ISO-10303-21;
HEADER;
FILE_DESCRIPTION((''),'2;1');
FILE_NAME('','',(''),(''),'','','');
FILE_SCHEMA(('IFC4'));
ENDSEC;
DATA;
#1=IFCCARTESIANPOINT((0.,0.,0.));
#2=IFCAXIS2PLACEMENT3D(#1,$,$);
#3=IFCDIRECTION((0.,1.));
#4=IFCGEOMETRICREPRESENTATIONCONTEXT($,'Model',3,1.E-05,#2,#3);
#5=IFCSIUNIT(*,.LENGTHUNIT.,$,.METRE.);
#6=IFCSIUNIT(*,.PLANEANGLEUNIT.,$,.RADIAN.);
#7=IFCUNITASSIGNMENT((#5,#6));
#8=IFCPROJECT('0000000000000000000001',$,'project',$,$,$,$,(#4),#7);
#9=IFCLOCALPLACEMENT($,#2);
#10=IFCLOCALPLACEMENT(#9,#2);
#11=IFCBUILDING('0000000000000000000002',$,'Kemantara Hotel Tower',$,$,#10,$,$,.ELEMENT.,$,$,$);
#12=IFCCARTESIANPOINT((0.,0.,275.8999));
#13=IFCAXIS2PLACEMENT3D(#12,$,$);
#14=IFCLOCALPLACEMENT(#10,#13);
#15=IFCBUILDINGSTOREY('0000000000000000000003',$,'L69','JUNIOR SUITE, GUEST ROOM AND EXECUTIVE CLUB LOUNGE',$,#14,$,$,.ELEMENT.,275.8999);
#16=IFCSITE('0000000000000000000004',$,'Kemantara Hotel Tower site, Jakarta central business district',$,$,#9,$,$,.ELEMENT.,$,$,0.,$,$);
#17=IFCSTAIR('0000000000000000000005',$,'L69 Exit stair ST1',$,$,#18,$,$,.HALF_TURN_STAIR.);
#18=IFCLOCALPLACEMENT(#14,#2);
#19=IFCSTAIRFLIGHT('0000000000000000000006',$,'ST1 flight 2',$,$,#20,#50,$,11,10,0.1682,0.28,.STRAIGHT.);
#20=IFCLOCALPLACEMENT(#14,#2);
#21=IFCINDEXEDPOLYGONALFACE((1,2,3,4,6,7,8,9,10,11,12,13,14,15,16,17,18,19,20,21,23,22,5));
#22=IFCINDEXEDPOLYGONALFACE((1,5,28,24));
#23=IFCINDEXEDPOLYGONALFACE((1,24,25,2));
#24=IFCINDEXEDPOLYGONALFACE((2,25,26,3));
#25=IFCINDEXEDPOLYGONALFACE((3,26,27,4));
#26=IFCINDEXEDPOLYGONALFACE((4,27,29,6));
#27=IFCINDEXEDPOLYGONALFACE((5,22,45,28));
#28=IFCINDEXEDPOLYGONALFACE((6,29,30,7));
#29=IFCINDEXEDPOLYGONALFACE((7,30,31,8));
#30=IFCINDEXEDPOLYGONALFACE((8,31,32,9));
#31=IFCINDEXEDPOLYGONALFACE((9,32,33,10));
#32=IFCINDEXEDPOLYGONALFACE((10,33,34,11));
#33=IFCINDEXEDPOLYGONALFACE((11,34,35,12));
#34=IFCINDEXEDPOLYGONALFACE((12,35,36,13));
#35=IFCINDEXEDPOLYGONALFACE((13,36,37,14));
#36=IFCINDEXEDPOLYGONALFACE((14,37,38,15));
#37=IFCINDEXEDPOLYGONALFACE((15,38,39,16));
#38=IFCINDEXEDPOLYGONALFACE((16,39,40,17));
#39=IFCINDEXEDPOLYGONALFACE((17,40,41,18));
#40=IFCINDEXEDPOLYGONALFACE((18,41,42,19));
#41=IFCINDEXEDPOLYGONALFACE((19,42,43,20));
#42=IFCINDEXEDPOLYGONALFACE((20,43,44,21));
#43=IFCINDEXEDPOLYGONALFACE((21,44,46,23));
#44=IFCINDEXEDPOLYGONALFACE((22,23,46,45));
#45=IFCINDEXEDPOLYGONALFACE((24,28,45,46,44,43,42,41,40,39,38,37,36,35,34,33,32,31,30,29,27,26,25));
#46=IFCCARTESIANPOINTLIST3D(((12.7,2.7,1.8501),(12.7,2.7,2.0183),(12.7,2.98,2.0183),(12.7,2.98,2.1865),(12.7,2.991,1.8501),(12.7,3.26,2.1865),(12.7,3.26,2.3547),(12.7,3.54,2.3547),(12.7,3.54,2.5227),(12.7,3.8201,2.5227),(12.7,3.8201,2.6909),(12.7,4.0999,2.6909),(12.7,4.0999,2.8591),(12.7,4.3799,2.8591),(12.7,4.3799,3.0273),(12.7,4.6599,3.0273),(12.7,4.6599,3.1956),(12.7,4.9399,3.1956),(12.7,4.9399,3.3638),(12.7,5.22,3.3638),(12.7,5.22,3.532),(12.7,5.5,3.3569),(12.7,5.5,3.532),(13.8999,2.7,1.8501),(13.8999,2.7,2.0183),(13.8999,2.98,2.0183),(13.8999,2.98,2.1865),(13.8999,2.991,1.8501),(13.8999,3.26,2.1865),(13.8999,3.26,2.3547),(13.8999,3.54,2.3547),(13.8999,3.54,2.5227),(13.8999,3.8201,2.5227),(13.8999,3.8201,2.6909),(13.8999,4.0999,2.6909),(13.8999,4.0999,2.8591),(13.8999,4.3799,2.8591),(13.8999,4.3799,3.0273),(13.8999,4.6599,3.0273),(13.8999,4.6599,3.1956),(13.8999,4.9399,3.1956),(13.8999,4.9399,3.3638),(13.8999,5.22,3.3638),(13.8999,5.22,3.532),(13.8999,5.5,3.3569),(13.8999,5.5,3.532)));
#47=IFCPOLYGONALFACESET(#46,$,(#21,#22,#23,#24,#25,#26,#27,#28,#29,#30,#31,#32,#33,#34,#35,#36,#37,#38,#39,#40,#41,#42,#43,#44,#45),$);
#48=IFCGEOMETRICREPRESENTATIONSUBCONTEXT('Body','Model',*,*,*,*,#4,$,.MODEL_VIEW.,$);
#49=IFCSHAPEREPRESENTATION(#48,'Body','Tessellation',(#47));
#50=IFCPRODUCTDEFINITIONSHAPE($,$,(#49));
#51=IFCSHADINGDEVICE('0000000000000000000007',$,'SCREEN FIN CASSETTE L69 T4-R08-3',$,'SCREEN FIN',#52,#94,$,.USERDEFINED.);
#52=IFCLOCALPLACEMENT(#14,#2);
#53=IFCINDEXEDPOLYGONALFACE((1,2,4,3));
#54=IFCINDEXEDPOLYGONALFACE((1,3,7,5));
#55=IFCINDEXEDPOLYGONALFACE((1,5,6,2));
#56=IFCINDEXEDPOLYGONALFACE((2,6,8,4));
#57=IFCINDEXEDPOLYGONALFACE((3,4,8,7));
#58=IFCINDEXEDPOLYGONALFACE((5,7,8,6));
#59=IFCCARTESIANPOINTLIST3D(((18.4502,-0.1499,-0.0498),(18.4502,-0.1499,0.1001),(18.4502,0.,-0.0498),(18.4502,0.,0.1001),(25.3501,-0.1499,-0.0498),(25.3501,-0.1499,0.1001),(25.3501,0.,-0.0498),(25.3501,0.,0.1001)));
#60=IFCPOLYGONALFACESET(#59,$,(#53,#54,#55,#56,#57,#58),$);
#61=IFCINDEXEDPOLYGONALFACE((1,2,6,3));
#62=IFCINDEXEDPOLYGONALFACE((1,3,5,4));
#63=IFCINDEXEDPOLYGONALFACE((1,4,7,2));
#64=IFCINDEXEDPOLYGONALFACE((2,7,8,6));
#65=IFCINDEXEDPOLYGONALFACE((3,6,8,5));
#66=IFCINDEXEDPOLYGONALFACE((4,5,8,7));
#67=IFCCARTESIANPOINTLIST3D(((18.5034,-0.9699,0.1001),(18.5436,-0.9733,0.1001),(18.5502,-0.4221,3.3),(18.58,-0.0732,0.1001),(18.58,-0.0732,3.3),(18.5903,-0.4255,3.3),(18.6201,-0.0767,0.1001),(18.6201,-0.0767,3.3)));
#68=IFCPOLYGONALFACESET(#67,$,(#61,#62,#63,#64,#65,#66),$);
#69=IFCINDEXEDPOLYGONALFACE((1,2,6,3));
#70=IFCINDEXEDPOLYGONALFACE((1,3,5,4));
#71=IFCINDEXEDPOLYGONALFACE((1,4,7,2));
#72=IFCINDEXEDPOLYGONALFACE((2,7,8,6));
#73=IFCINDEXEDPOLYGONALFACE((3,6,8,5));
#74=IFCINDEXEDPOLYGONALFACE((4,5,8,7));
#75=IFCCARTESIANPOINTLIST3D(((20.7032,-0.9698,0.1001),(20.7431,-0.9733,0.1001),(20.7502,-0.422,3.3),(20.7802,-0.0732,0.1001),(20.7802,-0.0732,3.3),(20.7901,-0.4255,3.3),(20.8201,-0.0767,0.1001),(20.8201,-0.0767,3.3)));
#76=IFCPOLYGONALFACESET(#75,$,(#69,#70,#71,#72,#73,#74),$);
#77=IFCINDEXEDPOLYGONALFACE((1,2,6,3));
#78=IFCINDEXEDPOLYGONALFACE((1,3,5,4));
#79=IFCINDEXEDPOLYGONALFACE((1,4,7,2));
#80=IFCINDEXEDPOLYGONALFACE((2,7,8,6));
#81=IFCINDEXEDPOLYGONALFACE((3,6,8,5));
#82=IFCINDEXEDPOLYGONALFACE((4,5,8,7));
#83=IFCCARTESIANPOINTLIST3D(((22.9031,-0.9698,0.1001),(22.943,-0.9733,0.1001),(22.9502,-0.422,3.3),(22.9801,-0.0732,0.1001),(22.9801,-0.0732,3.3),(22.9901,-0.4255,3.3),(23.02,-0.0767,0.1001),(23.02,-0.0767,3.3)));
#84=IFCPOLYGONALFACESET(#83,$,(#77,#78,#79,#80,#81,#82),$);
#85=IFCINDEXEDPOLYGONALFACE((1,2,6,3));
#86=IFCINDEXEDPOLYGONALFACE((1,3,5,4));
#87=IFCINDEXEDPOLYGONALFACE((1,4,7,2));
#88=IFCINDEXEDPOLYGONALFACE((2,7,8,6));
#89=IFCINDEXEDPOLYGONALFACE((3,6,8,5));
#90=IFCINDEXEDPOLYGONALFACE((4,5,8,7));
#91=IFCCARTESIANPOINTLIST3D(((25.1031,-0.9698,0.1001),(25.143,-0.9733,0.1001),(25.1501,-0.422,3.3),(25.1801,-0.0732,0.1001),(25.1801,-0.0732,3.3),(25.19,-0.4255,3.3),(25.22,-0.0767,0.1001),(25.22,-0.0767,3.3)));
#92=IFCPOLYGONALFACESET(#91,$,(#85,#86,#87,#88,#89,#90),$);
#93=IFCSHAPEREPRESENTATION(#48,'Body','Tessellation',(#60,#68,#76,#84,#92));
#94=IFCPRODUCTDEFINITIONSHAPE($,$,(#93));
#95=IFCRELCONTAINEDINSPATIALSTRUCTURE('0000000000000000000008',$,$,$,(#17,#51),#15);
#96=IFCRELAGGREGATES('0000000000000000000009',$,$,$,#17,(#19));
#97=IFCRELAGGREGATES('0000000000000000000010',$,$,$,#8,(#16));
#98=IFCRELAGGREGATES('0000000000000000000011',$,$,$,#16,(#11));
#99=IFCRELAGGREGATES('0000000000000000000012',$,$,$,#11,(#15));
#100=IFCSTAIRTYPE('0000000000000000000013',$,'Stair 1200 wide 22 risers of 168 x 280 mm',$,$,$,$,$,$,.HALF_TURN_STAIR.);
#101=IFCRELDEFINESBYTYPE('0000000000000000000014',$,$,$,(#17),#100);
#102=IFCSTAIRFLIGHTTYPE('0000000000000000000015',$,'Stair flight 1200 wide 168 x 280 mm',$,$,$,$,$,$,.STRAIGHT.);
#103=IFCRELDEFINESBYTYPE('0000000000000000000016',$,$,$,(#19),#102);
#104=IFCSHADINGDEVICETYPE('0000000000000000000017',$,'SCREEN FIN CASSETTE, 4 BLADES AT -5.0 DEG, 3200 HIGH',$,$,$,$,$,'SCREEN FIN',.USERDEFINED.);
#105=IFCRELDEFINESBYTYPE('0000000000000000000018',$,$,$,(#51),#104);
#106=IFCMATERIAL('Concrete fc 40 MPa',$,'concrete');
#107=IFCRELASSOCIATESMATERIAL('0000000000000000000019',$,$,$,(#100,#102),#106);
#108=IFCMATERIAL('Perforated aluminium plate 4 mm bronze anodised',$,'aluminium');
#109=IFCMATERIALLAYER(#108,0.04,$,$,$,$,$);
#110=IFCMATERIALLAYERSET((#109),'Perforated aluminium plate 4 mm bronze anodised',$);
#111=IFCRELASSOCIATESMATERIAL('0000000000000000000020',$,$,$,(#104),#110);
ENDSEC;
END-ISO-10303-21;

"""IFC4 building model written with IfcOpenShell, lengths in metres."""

from ifc_helpers import new_model, si_unit, direction, frame, origin, origin_2d, place, context, subcontext, project, spatial, polyline, rectangle, outline, extrude, source, transform, mapped, material, layer, layer_set, type_object, element, aggregate, save


model = new_model("IFC4")

# Units and contexts
model_context = context("Model", 3, precision=1e-05, world=origin(), true_north=direction((0.0, 1.0)))
body_context = subcontext(model_context, "Body", "Model", "MODEL_VIEW")
ifc_project = project(units=[si_unit("LENGTHUNIT", "METRE"), si_unit("PLANEANGLEUNIT", "RADIAN")], contexts=[model_context])

# Site, building, storey
site_placement = place(None, origin())
site = spatial("IfcSite", under=ifc_project, at=site_placement, Name="Kemantara Hotel Tower site, Jakarta central business district", CompositionType="ELEMENT", RefElevation=0.0)
building_placement = place(site_placement, origin())
building = spatial("IfcBuilding", under=site, at=building_placement, Name="Kemantara Hotel Tower", CompositionType="ELEMENT")
storey_placement = place(building_placement, frame((0.0, 0.0, 275.8999)))
storey = spatial("IfcBuildingStorey", under=building, at=storey_placement, Name="L69", Description="JUNIOR SUITE, GUEST ROOM AND EXECUTIVE CLUB LOUNGE", CompositionType="ELEMENT", Elevation=275.8999)

# Stair, stair flight
ifc_material_1 = material(Name="Concrete fc 40 MPa", Category="concrete")
stair_type = type_object("IfcStairType", Name="Stair 1200 wide 22 risers of 168 x 280 mm", PredefinedType="HALF_TURN_STAIR", material=ifc_material_1)
stair_placement = place(storey_placement, origin())
stair = element("IfcStair", 1, at=stair_placement, inside=storey, type_object=stair_type, Name="L69 Exit stair ST1", PredefinedType="HALF_TURN_STAIR")
stair_flight_type = type_object("IfcStairFlightType", Name="Stair flight 1200 wide 168 x 280 mm", PredefinedType="STRAIGHT", material=ifc_material_1)
stair_flight_placement = place(storey_placement, frame((13.3, 2.7, 1.8501), z_axis=(0.0, 0.0, 1.0), x_axis=(0.0, 1.0, 0.0)))
stair_flight = element("IfcStairFlight", 2, at=stair_flight_placement, type_object=stair_flight_type, Name="ST1 flight 2", NumberOfRisers=11, NumberOfTreads=10, PredefinedType="STRAIGHT", RiserHeight=0.1682, TreadLength=0.28, context=body_context, shape_type="SweptSolid", body=[
    extrude(outline(polyline([(0.0, 0.0), (0.0, 0.1682), (0.28, 0.1682), (0.28, 0.3364), (0.5601, 0.3364), (0.5601, 0.5046), (0.8401, 0.5046), (0.8401, 0.6726), (1.1201, 0.6726), (1.1201, 0.8408), (1.3999, 0.8408), (1.3999, 1.009), (1.6799, 1.009), (1.6799, 1.1772), (1.96, 1.1772), (1.96, 1.3455), (2.24, 1.3455), (2.24, 1.5137), (2.52, 1.5137), (2.52, 1.6819), (2.8, 1.6819), (2.8, 1.8501), (2.8, 1.5068), (0.291, 0.0), (0.0, 0.0)])), frame((0.0, 0.6001, 0.0), z_axis=(0.0, -1.0, 0.0), x_axis=(1.0, 0.0, 0.0)), (0.0, 0.0, 1.0), 1.2),
])
aggregate(stair, [stair_flight])

# Shading device
ifc_material_2 = material(Name="Perforated aluminium plate 4 mm bronze anodised", Category="aluminium")
ifc_layer_1 = layer(ifc_material_2, 0.04)
ifc_layer_set_1 = layer_set([ifc_layer_1], Name="Perforated aluminium plate 4 mm bronze anodised")
shading_device_type = type_object("IfcShadingDeviceType", Name="SCREEN FIN CASSETTE, 4 BLADES AT -5.0 DEG, 3200 HIGH", ElementType="SCREEN FIN", PredefinedType="USERDEFINED", material=ifc_layer_set_1)
shared_shape = source(origin(), body_context, "Body", "SweptSolid", [
    extrude(rectangle(XDim=6.8999, YDim=0.1499, at=origin_2d()), frame((3.3, -0.075, -0.1499), z_axis=(0.0, 0.0, 1.0), x_axis=(1.0, 0.0, 0.0)), (0.0, 0.0, 1.0), 0.1499),
    extrude(outline(polyline([(0.0, 0.0), (0.8999, 0.0), (0.3501, 3.2), (0.0, 3.2), (0.0, 0.0)])), frame((0.02, -0.0767, 0.0), z_axis=(-0.996376, 0.085056, 0.0), x_axis=(-0.085056, -0.996376, 0.0)), (0.0, 0.0, 1.0), 0.0403),
    extrude(outline(polyline([(0.0, 0.0), (0.8999, 0.0), (0.3501, 3.2), (0.0, 3.2), (0.0, 0.0)])), frame((2.22, -0.0767, 0.0), z_axis=(-0.996332, 0.085575, 0.0), x_axis=(-0.085575, -0.996332, 0.0)), (0.0, 0.0, 1.0), 0.04),
    extrude(outline(polyline([(0.0, 0.0), (0.8999, 0.0), (0.3501, 3.2), (0.0, 3.2), (0.0, 0.0)])), frame((4.4199, -0.0767, 0.0), z_axis=(-0.996332, 0.085575, 0.0), x_axis=(-0.085575, -0.996332, 0.0)), (0.0, 0.0, 1.0), 0.04),
    extrude(outline(polyline([(0.0, 0.0), (0.8999, 0.0), (0.3501, 3.2), (0.0, 3.2), (0.0, 0.0)])), frame((6.6199, -0.0767, 0.0), z_axis=(-0.996332, 0.085575, 0.0), x_axis=(-0.085575, -0.996332, 0.0)), (0.0, 0.0, 1.0), 0.04),
])
shading_device_placement = place(storey_placement, frame((18.6001, 0.0, 0.1001), z_axis=(0.0, 0.0, 1.0), x_axis=(1.0, 0.0, 0.0)))
element("IfcShadingDevice", 3, at=shading_device_placement, inside=storey, type_object=shading_device_type, Name="SCREEN FIN CASSETTE L69 T4-R08-3", ObjectType="SCREEN FIN", PredefinedType="USERDEFINED", context=body_context, shape_type="MappedRepresentation", body=[
    mapped(shared_shape, transform((0.0, 0.0, 0.0))),
])

save(model, "model.ifc")
